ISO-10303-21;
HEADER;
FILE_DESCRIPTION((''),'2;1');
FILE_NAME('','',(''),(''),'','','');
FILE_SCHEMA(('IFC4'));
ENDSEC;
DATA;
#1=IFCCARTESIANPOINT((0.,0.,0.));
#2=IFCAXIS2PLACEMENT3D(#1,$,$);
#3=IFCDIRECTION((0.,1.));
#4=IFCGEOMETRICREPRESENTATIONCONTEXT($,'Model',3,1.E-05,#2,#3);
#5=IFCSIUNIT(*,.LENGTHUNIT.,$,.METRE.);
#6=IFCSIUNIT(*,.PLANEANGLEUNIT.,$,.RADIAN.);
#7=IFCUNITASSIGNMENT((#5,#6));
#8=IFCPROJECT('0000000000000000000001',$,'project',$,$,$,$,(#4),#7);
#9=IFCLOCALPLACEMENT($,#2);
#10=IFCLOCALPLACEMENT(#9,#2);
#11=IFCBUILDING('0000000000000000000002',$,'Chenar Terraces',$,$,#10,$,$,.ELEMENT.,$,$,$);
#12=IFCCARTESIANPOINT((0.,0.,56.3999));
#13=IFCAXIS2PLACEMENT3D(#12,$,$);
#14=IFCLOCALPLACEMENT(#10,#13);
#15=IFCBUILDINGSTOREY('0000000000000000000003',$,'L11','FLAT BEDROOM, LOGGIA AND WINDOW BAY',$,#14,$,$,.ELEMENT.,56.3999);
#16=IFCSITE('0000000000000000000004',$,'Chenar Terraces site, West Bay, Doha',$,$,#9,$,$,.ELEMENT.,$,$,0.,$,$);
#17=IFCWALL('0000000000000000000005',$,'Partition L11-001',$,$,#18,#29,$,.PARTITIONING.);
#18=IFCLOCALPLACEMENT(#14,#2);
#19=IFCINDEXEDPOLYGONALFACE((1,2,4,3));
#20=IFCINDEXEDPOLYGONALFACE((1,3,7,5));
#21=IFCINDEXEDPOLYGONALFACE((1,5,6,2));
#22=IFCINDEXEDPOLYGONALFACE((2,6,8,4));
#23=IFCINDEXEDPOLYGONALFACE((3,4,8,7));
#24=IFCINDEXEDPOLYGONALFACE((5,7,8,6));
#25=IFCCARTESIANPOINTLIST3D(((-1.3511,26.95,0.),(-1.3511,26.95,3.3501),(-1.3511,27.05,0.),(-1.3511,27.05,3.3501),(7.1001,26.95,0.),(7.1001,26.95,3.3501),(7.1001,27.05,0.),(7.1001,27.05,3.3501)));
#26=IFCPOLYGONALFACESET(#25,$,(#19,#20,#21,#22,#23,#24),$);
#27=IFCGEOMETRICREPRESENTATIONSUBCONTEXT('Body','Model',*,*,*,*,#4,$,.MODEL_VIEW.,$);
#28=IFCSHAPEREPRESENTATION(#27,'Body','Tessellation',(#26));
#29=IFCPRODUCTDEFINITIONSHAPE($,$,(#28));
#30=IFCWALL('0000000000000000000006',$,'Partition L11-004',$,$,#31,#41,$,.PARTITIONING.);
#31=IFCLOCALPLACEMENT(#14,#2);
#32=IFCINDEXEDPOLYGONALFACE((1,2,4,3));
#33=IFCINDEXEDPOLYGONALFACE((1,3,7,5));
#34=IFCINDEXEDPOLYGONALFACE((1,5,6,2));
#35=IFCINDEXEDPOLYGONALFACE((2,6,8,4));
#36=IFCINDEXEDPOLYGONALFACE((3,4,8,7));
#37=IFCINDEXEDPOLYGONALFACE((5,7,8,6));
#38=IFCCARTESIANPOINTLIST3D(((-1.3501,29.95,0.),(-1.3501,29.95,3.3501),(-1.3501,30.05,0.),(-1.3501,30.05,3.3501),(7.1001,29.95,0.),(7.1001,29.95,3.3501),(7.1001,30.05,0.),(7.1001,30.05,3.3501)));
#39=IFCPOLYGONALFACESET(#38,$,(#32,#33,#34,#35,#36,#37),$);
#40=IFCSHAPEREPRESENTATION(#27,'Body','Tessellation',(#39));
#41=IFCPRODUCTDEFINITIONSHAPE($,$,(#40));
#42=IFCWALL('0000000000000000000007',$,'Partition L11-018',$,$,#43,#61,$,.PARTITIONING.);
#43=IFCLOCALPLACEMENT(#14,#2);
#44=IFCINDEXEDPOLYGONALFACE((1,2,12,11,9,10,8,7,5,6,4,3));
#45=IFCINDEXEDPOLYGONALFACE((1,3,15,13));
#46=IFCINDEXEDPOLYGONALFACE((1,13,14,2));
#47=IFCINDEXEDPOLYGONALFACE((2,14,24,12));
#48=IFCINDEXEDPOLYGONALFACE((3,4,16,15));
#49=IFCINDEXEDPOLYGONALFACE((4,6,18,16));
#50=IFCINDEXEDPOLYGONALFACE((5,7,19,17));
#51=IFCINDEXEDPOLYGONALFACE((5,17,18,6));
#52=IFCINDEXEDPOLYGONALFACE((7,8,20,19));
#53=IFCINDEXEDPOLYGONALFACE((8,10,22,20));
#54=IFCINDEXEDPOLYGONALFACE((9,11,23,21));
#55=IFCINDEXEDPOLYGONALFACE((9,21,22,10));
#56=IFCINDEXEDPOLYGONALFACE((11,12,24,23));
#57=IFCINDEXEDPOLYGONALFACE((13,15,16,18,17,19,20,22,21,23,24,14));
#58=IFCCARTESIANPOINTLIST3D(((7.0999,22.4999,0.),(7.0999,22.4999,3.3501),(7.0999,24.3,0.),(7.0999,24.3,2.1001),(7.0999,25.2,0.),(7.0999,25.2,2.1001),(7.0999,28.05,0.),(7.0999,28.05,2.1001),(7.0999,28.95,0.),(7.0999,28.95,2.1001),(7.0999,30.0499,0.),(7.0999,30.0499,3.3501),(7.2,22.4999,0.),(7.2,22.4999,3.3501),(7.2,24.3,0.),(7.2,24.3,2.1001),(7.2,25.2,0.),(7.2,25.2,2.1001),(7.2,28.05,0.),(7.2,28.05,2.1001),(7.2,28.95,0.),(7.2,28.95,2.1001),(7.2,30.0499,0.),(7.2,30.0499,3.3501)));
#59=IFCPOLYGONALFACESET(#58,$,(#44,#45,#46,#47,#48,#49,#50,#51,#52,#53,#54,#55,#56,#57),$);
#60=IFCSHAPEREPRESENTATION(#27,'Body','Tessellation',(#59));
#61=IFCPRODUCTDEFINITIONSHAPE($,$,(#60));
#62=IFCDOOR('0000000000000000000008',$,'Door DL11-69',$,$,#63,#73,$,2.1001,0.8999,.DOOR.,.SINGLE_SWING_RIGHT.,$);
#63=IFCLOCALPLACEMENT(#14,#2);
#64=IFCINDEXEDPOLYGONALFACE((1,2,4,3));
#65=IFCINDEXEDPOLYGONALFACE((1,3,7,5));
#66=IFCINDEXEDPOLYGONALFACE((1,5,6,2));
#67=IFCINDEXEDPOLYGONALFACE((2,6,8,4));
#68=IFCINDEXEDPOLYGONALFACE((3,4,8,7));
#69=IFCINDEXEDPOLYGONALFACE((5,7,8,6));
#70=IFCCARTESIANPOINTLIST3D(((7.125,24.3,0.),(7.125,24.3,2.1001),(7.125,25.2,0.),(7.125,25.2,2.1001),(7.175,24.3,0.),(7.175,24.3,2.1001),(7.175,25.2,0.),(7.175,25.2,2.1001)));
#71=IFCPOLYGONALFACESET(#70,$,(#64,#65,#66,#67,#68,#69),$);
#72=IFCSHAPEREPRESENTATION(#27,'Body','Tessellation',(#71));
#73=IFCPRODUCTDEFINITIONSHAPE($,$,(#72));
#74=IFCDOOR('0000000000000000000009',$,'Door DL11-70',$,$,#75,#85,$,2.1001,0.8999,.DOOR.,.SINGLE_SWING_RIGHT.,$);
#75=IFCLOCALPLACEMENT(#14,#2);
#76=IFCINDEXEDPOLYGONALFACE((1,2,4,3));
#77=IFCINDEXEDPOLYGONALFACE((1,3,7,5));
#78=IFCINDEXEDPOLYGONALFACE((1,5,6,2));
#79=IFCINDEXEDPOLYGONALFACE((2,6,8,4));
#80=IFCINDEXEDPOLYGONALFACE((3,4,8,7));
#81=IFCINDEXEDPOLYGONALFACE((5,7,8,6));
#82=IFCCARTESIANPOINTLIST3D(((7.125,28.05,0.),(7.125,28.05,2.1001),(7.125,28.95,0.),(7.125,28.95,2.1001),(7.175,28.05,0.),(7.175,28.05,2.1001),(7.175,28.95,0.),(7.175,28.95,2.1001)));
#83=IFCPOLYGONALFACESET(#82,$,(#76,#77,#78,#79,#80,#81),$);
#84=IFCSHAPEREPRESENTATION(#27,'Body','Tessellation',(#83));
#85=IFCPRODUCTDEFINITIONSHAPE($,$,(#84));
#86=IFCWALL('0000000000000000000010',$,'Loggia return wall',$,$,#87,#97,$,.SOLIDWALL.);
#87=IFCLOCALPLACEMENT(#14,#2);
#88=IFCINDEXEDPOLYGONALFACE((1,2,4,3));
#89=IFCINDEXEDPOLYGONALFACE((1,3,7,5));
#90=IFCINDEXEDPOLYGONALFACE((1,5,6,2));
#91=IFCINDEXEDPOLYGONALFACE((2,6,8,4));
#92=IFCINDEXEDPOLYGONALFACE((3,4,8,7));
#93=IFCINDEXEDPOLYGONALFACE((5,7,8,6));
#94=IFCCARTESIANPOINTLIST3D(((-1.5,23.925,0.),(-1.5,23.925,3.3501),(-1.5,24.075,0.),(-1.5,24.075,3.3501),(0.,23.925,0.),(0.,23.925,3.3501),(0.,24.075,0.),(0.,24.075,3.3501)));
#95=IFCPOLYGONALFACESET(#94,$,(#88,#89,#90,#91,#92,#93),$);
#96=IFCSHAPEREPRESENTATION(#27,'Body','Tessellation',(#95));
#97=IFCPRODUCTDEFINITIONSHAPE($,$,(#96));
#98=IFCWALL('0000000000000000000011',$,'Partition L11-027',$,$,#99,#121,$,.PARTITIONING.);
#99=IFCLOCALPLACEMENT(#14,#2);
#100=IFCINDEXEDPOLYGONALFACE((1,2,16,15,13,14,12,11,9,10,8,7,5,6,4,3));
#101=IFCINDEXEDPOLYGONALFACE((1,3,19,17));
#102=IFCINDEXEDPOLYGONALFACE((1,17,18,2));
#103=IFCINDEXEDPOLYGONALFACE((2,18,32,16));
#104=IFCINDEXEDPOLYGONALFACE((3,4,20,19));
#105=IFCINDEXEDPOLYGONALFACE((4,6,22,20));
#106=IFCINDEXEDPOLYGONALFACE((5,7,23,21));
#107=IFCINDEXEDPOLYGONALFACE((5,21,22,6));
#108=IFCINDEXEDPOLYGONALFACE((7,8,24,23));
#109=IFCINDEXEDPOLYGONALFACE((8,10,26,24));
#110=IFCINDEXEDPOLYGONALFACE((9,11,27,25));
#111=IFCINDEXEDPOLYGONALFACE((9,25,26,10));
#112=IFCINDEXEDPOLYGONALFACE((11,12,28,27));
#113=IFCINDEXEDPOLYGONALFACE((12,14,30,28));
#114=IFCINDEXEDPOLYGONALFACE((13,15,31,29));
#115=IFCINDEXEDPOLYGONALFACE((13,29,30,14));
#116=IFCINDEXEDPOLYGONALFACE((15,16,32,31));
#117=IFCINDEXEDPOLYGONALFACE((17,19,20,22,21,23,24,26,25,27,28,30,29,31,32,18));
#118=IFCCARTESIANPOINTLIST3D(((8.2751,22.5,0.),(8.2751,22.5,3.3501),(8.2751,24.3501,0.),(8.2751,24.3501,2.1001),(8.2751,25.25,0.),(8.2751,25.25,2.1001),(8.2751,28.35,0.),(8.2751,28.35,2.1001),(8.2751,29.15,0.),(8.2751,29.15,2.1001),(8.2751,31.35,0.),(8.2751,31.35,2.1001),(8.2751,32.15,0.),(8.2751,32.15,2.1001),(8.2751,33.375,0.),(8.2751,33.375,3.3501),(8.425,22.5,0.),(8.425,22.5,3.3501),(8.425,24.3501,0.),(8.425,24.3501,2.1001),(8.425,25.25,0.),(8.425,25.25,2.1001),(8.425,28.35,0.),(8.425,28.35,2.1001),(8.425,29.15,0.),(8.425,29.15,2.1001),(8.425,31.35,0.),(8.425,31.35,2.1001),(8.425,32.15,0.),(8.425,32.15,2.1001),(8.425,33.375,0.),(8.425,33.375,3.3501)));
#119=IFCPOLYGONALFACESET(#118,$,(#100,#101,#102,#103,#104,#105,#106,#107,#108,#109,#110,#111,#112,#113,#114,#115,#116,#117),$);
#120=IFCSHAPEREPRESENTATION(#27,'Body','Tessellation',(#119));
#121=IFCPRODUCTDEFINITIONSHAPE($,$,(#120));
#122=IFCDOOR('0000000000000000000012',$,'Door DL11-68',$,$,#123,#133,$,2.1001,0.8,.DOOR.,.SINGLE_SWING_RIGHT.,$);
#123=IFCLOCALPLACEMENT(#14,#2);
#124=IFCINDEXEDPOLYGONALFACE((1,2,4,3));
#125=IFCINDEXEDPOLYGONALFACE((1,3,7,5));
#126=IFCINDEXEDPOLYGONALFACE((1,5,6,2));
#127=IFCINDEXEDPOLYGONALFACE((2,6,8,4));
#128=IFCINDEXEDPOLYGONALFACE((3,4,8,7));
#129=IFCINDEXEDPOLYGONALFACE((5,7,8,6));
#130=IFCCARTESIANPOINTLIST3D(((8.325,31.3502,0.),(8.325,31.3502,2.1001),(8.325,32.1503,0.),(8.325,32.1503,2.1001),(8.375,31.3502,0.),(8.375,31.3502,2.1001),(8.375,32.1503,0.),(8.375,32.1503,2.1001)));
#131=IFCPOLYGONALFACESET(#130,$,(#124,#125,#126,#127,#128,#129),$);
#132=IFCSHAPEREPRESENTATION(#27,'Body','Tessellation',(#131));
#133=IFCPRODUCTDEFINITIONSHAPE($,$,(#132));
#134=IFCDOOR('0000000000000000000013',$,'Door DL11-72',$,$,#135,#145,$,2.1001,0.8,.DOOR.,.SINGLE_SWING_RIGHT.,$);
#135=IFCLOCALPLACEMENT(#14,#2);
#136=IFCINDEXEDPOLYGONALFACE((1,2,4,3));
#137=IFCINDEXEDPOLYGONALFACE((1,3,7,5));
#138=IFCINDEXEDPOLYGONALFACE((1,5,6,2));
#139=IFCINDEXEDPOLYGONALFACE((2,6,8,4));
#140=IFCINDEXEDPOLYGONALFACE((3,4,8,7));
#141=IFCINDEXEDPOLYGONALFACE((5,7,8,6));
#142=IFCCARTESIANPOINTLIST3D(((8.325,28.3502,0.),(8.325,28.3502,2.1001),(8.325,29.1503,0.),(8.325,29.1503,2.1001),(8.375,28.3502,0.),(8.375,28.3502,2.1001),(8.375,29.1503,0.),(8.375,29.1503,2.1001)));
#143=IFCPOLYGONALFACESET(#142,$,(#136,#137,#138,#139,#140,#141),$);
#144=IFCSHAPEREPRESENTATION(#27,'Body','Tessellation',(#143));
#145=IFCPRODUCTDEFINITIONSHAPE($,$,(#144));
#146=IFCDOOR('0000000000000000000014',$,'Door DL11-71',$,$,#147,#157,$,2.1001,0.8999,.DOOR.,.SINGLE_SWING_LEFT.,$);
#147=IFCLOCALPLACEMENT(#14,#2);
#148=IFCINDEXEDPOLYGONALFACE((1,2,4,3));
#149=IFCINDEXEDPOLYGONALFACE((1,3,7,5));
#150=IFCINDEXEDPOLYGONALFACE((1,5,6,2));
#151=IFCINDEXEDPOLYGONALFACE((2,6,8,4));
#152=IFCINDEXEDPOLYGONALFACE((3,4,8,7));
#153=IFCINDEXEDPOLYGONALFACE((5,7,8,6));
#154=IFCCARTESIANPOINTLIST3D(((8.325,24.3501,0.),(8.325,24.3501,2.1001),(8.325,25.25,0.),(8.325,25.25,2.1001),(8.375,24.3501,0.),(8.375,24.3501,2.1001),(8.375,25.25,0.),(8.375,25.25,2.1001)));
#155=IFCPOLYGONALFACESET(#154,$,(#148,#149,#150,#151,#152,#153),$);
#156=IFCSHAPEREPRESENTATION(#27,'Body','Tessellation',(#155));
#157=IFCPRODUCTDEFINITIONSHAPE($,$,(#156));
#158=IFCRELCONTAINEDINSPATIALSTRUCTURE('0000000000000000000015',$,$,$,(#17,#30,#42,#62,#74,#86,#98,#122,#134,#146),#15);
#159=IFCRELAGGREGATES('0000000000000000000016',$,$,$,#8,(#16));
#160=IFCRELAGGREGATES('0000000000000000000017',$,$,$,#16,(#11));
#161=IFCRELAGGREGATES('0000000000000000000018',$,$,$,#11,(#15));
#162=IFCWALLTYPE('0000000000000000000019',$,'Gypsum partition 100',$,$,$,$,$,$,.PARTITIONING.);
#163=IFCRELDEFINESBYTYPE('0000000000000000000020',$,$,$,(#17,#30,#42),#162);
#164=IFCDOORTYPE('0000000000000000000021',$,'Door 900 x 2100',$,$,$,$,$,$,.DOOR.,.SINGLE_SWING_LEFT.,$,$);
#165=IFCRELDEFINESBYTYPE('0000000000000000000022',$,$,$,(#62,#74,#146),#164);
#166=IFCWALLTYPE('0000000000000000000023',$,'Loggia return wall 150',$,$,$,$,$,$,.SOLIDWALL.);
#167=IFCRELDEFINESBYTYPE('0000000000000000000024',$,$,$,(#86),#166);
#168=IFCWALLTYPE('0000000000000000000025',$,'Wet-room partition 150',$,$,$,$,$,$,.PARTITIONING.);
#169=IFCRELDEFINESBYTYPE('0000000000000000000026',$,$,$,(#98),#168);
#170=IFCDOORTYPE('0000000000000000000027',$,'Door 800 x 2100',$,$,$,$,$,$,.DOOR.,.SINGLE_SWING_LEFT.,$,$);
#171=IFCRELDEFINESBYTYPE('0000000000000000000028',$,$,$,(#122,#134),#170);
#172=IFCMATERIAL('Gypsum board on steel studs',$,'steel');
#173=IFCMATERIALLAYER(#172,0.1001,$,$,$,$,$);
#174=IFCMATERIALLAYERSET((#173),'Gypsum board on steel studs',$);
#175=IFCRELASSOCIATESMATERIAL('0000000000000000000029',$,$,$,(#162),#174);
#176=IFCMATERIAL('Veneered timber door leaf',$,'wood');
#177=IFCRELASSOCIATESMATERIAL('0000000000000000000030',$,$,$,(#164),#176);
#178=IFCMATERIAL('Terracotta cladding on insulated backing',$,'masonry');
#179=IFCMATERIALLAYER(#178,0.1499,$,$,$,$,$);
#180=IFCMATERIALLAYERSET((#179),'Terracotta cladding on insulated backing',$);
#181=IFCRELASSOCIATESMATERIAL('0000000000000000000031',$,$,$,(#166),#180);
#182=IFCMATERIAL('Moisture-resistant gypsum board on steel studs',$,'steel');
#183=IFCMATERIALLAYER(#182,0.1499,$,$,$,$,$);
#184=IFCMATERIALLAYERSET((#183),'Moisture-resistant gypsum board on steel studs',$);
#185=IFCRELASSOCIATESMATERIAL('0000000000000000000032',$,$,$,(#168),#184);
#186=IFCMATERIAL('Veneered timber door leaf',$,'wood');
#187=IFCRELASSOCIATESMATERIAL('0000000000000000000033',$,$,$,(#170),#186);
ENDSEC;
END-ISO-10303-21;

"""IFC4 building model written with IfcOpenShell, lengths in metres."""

from ifc_helpers import new_model, si_unit, direction, frame, frame_2d, origin, place, context, subcontext, project, spatial, rectangle, extrude, material, layer, layer_set, type_object, element, fill, save


model = new_model("IFC4")

# Units and contexts
model_context = context("Model", 3, precision=1e-05, world=origin(), true_north=direction((0.0, 1.0)))
body_context = subcontext(model_context, "Body", "Model", "MODEL_VIEW")
ifc_project = project(units=[si_unit("LENGTHUNIT", "METRE"), si_unit("PLANEANGLEUNIT", "RADIAN")], contexts=[model_context])

# Site, building, storey
site_placement = place(None, origin())
site = spatial("IfcSite", under=ifc_project, at=site_placement, Name="Chenar Terraces site, West Bay, Doha", CompositionType="ELEMENT", RefElevation=0.0)
building_placement = place(site_placement, origin())
building = spatial("IfcBuilding", under=site, at=building_placement, Name="Chenar Terraces", CompositionType="ELEMENT")
storey_placement = place(building_placement, frame((0.0, 0.0, 56.3999)))
storey = spatial("IfcBuildingStorey", under=building, at=storey_placement, Name="L11", Description="FLAT BEDROOM, LOGGIA AND WINDOW BAY", CompositionType="ELEMENT", Elevation=56.3999)

# Walls
ifc_material_1 = material(Name="Gypsum board on steel studs", Category="steel")
ifc_layer_1 = layer(ifc_material_1, 0.1001)
ifc_layer_set_1 = layer_set([ifc_layer_1], Name="Gypsum board on steel studs")
wall_type_1 = type_object("IfcWallType", Name="Gypsum partition 100", PredefinedType="PARTITIONING", material=ifc_layer_set_1)
wall_1_placement = place(storey_placement, frame((-1.3511, 27.0, 0.0), z_axis=(0.0, 0.0, 1.0), x_axis=(1.0, 0.0, 0.0)))
element("IfcWall", 1, at=wall_1_placement, inside=storey, type_object=wall_type_1, Name="Partition L11-001", PredefinedType="PARTITIONING", context=body_context, shape_type="SweptSolid", body=[
    extrude(rectangle(XDim=8.4512, YDim=0.1001, at=frame_2d((4.2256, 0.0))), origin(), (0.0, 0.0, 1.0), 3.3501),
])
wall_2_placement = place(storey_placement, frame((-1.3501, 30.0, 0.0), z_axis=(0.0, 0.0, 1.0), x_axis=(1.0, 0.0, 0.0)))
element("IfcWall", 2, at=wall_2_placement, inside=storey, type_object=wall_type_1, Name="Partition L11-004", PredefinedType="PARTITIONING", context=body_context, shape_type="SweptSolid", body=[
    extrude(rectangle(XDim=8.4502, YDim=0.1001, at=frame_2d((4.2251, 0.0))), origin(), (0.0, 0.0, 1.0), 3.3501),
])

# Wall, openings, doors
wall_3_placement = place(storey_placement, frame((7.1499, 22.5, 0.0), z_axis=(0.0, 0.0, 1.0), x_axis=(0.0, 1.0, 0.0)))
wall_3 = element("IfcWall", 3, at=wall_3_placement, inside=storey, type_object=wall_type_1, Name="Partition L11-018", PredefinedType="PARTITIONING", context=body_context, shape_type="SweptSolid", body=[
    extrude(rectangle(XDim=7.55, YDim=0.1001, at=frame_2d((3.7749, 0.0))), origin(), (0.0, 0.0, 1.0), 3.3501),
])
opening_1_placement = place(wall_3_placement, frame((1.8, 0.0, 0.0)))
opening_1 = element("IfcOpeningElement", 4, at=opening_1_placement, cuts=wall_3, PredefinedType="OPENING", context=body_context, shape_type="SweptSolid", body=[
    extrude(rectangle(XDim=0.8999, YDim=2.1001, at=frame_2d((0.45, 1.05))), frame((0.0, 0.0601, 0.0), z_axis=(0.0, -1.0, 0.0), x_axis=(1.0, 0.0, 0.0)), (0.0, 0.0, 1.0), 0.1201),
])
opening_2_placement = place(wall_3_placement, frame((5.55, 0.0, 0.0)))
opening_2 = element("IfcOpeningElement", 5, at=opening_2_placement, cuts=wall_3, PredefinedType="OPENING", context=body_context, shape_type="SweptSolid", body=[
    extrude(rectangle(XDim=0.8999, YDim=2.1001, at=frame_2d((0.45, 1.05))), frame((0.0, 0.0601, 0.0), z_axis=(0.0, -1.0, 0.0), x_axis=(1.0, 0.0, 0.0)), (0.0, 0.0, 1.0), 0.1201),
])
ifc_material_2 = material(Name="Veneered timber door leaf", Category="wood")
door_type_1 = type_object("IfcDoorType", Name="Door 900 x 2100", OperationType="SINGLE_SWING_LEFT", PredefinedType="DOOR", material=ifc_material_2)
door_1_placement = place(opening_1_placement, origin())
door_1 = element("IfcDoor", 6, at=door_1_placement, inside=storey, type_object=door_type_1, Name="Door DL11-69", OperationType="SINGLE_SWING_RIGHT", OverallHeight=2.1001, OverallWidth=0.8999, PredefinedType="DOOR", context=body_context, shape_type="SweptSolid", body=[
    extrude(rectangle(XDim=0.8999, YDim=2.1001, at=frame_2d((0.45, 1.05))), frame((0.0, 0.0249, 0.0), z_axis=(0.0, -1.0, 0.0), x_axis=(1.0, 0.0, 0.0)), (0.0, 0.0, 1.0), 0.05),
])
fill(opening_1, door_1)
door_2_placement = place(opening_2_placement, origin())
door_2 = element("IfcDoor", 7, at=door_2_placement, inside=storey, type_object=door_type_1, Name="Door DL11-70", OperationType="SINGLE_SWING_RIGHT", OverallHeight=2.1001, OverallWidth=0.8999, PredefinedType="DOOR", context=body_context, shape_type="SweptSolid", body=[
    extrude(rectangle(XDim=0.8999, YDim=2.1001, at=frame_2d((0.45, 1.05))), frame((0.0, 0.0249, 0.0), z_axis=(0.0, -1.0, 0.0), x_axis=(1.0, 0.0, 0.0)), (0.0, 0.0, 1.0), 0.05),
])
fill(opening_2, door_2)

# Wall
ifc_material_3 = material(Name="Terracotta cladding on insulated backing", Category="masonry")
ifc_layer_2 = layer(ifc_material_3, 0.1499)
ifc_layer_set_2 = layer_set([ifc_layer_2], Name="Terracotta cladding on insulated backing")
wall_type_2 = type_object("IfcWallType", Name="Loggia return wall 150", PredefinedType="SOLIDWALL", material=ifc_layer_set_2)
wall_4_placement = place(storey_placement, frame((-1.5, 24.0, 0.0), z_axis=(0.0, 0.0, 1.0), x_axis=(1.0, 0.0, 0.0)))
element("IfcWall", 8, at=wall_4_placement, inside=storey, type_object=wall_type_2, Name="Loggia return wall", PredefinedType="SOLIDWALL", context=body_context, shape_type="SweptSolid", body=[
    extrude(rectangle(XDim=1.5, YDim=0.1499, at=frame_2d((0.75, 0.0))), origin(), (0.0, 0.0, 1.0), 3.3501),
])

# Wall, openings, doors
ifc_material_4 = material(Name="Moisture-resistant gypsum board on steel studs", Category="steel")
ifc_layer_3 = layer(ifc_material_4, 0.1499)
ifc_layer_set_3 = layer_set([ifc_layer_3], Name="Moisture-resistant gypsum board on steel studs")
wall_type_3 = type_object("IfcWallType", Name="Wet-room partition 150", PredefinedType="PARTITIONING", material=ifc_layer_set_3)
wall_5_placement = place(storey_placement, frame((8.3501, 22.5, 0.0), z_axis=(0.0, 0.0, 1.0), x_axis=(0.0, 1.0, 0.0)))
wall_5 = element("IfcWall", 9, at=wall_5_placement, inside=storey, type_object=wall_type_3, Name="Partition L11-027", PredefinedType="PARTITIONING", context=body_context, shape_type="SweptSolid", body=[
    extrude(rectangle(XDim=10.875, YDim=0.1499, at=frame_2d((5.4375, 0.0))), origin(), (0.0, 0.0, 1.0), 3.3501),
])
opening_3_placement = place(wall_5_placement, frame((8.8501, 0.0, 0.0)))
opening_3 = element("IfcOpeningElement", 10, at=opening_3_placement, cuts=wall_5, PredefinedType="OPENING", context=body_context, shape_type="SweptSolid", body=[
    extrude(rectangle(XDim=0.8, YDim=2.1001, at=frame_2d((0.3999, 1.05))), frame((0.0, 0.085, 0.0), z_axis=(0.0, -1.0, 0.0), x_axis=(1.0, 0.0, 0.0)), (0.0, 0.0, 1.0), 0.1699),
])
opening_4_placement = place(wall_5_placement, frame((1.8501, 0.0, 0.0)))
opening_4 = element("IfcOpeningElement", 11, at=opening_4_placement, cuts=wall_5, PredefinedType="OPENING", context=body_context, shape_type="SweptSolid", body=[
    extrude(rectangle(XDim=0.8999, YDim=2.1001, at=frame_2d((0.45, 1.05))), frame((0.0, 0.085, 0.0), z_axis=(0.0, -1.0, 0.0), x_axis=(1.0, 0.0, 0.0)), (0.0, 0.0, 1.0), 0.1699),
])
opening_5_placement = place(wall_5_placement, frame((5.8501, 0.0, 0.0)))
opening_5 = element("IfcOpeningElement", 12, at=opening_5_placement, cuts=wall_5, PredefinedType="OPENING", context=body_context, shape_type="SweptSolid", body=[
    extrude(rectangle(XDim=0.8, YDim=2.1001, at=frame_2d((0.3999, 1.05))), frame((0.0, 0.085, 0.0), z_axis=(0.0, -1.0, 0.0), x_axis=(1.0, 0.0, 0.0)), (0.0, 0.0, 1.0), 0.1699),
])
ifc_material_5 = material(Name="Veneered timber door leaf", Category="wood")
door_type_2 = type_object("IfcDoorType", Name="Door 800 x 2100", OperationType="SINGLE_SWING_LEFT", PredefinedType="DOOR", material=ifc_material_5)
door_3_placement = place(opening_3_placement, frame((0.8, 0.0, 0.0), z_axis=(0.0, 0.0, 1.0), x_axis=(-1.0, 0.0, 0.0)))
door_3 = element("IfcDoor", 13, at=door_3_placement, inside=storey, type_object=door_type_2, Name="Door DL11-68", OperationType="SINGLE_SWING_RIGHT", OverallHeight=2.1001, OverallWidth=0.8, PredefinedType="DOOR", context=body_context, shape_type="SweptSolid", body=[
    extrude(rectangle(XDim=0.8, YDim=2.1001, at=frame_2d((0.3999, 1.05))), frame((0.0, 0.0249, 0.0), z_axis=(0.0, -1.0, 0.0), x_axis=(1.0, 0.0, 0.0)), (0.0, 0.0, 1.0), 0.05),
])
fill(opening_3, door_3)
door_4_placement = place(opening_5_placement, frame((0.8, 0.0, 0.0), z_axis=(0.0, 0.0, 1.0), x_axis=(-1.0, 0.0, 0.0)))
door_4 = element("IfcDoor", 14, at=door_4_placement, inside=storey, type_object=door_type_2, Name="Door DL11-72", OperationType="SINGLE_SWING_RIGHT", OverallHeight=2.1001, OverallWidth=0.8, PredefinedType="DOOR", context=body_context, shape_type="SweptSolid", body=[
    extrude(rectangle(XDim=0.8, YDim=2.1001, at=frame_2d((0.3999, 1.05))), frame((0.0, 0.0249, 0.0), z_axis=(0.0, -1.0, 0.0), x_axis=(1.0, 0.0, 0.0)), (0.0, 0.0, 1.0), 0.05),
])
fill(opening_5, door_4)
door_5_placement = place(opening_4_placement, frame((0.8999, 0.0, 0.0), z_axis=(0.0, 0.0, 1.0), x_axis=(-1.0, 0.0, 0.0)))
door_5 = element("IfcDoor", 15, at=door_5_placement, inside=storey, type_object=door_type_1, Name="Door DL11-71", OperationType="SINGLE_SWING_LEFT", OverallHeight=2.1001, OverallWidth=0.8999, PredefinedType="DOOR", context=body_context, shape_type="SweptSolid", body=[
    extrude(rectangle(XDim=0.8999, YDim=2.1001, at=frame_2d((0.45, 1.05))), frame((0.0, 0.0249, 0.0), z_axis=(0.0, -1.0, 0.0), x_axis=(1.0, 0.0, 0.0)), (0.0, 0.0, 1.0), 0.05),
])
fill(opening_4, door_5)

save(model, "model.ifc")
